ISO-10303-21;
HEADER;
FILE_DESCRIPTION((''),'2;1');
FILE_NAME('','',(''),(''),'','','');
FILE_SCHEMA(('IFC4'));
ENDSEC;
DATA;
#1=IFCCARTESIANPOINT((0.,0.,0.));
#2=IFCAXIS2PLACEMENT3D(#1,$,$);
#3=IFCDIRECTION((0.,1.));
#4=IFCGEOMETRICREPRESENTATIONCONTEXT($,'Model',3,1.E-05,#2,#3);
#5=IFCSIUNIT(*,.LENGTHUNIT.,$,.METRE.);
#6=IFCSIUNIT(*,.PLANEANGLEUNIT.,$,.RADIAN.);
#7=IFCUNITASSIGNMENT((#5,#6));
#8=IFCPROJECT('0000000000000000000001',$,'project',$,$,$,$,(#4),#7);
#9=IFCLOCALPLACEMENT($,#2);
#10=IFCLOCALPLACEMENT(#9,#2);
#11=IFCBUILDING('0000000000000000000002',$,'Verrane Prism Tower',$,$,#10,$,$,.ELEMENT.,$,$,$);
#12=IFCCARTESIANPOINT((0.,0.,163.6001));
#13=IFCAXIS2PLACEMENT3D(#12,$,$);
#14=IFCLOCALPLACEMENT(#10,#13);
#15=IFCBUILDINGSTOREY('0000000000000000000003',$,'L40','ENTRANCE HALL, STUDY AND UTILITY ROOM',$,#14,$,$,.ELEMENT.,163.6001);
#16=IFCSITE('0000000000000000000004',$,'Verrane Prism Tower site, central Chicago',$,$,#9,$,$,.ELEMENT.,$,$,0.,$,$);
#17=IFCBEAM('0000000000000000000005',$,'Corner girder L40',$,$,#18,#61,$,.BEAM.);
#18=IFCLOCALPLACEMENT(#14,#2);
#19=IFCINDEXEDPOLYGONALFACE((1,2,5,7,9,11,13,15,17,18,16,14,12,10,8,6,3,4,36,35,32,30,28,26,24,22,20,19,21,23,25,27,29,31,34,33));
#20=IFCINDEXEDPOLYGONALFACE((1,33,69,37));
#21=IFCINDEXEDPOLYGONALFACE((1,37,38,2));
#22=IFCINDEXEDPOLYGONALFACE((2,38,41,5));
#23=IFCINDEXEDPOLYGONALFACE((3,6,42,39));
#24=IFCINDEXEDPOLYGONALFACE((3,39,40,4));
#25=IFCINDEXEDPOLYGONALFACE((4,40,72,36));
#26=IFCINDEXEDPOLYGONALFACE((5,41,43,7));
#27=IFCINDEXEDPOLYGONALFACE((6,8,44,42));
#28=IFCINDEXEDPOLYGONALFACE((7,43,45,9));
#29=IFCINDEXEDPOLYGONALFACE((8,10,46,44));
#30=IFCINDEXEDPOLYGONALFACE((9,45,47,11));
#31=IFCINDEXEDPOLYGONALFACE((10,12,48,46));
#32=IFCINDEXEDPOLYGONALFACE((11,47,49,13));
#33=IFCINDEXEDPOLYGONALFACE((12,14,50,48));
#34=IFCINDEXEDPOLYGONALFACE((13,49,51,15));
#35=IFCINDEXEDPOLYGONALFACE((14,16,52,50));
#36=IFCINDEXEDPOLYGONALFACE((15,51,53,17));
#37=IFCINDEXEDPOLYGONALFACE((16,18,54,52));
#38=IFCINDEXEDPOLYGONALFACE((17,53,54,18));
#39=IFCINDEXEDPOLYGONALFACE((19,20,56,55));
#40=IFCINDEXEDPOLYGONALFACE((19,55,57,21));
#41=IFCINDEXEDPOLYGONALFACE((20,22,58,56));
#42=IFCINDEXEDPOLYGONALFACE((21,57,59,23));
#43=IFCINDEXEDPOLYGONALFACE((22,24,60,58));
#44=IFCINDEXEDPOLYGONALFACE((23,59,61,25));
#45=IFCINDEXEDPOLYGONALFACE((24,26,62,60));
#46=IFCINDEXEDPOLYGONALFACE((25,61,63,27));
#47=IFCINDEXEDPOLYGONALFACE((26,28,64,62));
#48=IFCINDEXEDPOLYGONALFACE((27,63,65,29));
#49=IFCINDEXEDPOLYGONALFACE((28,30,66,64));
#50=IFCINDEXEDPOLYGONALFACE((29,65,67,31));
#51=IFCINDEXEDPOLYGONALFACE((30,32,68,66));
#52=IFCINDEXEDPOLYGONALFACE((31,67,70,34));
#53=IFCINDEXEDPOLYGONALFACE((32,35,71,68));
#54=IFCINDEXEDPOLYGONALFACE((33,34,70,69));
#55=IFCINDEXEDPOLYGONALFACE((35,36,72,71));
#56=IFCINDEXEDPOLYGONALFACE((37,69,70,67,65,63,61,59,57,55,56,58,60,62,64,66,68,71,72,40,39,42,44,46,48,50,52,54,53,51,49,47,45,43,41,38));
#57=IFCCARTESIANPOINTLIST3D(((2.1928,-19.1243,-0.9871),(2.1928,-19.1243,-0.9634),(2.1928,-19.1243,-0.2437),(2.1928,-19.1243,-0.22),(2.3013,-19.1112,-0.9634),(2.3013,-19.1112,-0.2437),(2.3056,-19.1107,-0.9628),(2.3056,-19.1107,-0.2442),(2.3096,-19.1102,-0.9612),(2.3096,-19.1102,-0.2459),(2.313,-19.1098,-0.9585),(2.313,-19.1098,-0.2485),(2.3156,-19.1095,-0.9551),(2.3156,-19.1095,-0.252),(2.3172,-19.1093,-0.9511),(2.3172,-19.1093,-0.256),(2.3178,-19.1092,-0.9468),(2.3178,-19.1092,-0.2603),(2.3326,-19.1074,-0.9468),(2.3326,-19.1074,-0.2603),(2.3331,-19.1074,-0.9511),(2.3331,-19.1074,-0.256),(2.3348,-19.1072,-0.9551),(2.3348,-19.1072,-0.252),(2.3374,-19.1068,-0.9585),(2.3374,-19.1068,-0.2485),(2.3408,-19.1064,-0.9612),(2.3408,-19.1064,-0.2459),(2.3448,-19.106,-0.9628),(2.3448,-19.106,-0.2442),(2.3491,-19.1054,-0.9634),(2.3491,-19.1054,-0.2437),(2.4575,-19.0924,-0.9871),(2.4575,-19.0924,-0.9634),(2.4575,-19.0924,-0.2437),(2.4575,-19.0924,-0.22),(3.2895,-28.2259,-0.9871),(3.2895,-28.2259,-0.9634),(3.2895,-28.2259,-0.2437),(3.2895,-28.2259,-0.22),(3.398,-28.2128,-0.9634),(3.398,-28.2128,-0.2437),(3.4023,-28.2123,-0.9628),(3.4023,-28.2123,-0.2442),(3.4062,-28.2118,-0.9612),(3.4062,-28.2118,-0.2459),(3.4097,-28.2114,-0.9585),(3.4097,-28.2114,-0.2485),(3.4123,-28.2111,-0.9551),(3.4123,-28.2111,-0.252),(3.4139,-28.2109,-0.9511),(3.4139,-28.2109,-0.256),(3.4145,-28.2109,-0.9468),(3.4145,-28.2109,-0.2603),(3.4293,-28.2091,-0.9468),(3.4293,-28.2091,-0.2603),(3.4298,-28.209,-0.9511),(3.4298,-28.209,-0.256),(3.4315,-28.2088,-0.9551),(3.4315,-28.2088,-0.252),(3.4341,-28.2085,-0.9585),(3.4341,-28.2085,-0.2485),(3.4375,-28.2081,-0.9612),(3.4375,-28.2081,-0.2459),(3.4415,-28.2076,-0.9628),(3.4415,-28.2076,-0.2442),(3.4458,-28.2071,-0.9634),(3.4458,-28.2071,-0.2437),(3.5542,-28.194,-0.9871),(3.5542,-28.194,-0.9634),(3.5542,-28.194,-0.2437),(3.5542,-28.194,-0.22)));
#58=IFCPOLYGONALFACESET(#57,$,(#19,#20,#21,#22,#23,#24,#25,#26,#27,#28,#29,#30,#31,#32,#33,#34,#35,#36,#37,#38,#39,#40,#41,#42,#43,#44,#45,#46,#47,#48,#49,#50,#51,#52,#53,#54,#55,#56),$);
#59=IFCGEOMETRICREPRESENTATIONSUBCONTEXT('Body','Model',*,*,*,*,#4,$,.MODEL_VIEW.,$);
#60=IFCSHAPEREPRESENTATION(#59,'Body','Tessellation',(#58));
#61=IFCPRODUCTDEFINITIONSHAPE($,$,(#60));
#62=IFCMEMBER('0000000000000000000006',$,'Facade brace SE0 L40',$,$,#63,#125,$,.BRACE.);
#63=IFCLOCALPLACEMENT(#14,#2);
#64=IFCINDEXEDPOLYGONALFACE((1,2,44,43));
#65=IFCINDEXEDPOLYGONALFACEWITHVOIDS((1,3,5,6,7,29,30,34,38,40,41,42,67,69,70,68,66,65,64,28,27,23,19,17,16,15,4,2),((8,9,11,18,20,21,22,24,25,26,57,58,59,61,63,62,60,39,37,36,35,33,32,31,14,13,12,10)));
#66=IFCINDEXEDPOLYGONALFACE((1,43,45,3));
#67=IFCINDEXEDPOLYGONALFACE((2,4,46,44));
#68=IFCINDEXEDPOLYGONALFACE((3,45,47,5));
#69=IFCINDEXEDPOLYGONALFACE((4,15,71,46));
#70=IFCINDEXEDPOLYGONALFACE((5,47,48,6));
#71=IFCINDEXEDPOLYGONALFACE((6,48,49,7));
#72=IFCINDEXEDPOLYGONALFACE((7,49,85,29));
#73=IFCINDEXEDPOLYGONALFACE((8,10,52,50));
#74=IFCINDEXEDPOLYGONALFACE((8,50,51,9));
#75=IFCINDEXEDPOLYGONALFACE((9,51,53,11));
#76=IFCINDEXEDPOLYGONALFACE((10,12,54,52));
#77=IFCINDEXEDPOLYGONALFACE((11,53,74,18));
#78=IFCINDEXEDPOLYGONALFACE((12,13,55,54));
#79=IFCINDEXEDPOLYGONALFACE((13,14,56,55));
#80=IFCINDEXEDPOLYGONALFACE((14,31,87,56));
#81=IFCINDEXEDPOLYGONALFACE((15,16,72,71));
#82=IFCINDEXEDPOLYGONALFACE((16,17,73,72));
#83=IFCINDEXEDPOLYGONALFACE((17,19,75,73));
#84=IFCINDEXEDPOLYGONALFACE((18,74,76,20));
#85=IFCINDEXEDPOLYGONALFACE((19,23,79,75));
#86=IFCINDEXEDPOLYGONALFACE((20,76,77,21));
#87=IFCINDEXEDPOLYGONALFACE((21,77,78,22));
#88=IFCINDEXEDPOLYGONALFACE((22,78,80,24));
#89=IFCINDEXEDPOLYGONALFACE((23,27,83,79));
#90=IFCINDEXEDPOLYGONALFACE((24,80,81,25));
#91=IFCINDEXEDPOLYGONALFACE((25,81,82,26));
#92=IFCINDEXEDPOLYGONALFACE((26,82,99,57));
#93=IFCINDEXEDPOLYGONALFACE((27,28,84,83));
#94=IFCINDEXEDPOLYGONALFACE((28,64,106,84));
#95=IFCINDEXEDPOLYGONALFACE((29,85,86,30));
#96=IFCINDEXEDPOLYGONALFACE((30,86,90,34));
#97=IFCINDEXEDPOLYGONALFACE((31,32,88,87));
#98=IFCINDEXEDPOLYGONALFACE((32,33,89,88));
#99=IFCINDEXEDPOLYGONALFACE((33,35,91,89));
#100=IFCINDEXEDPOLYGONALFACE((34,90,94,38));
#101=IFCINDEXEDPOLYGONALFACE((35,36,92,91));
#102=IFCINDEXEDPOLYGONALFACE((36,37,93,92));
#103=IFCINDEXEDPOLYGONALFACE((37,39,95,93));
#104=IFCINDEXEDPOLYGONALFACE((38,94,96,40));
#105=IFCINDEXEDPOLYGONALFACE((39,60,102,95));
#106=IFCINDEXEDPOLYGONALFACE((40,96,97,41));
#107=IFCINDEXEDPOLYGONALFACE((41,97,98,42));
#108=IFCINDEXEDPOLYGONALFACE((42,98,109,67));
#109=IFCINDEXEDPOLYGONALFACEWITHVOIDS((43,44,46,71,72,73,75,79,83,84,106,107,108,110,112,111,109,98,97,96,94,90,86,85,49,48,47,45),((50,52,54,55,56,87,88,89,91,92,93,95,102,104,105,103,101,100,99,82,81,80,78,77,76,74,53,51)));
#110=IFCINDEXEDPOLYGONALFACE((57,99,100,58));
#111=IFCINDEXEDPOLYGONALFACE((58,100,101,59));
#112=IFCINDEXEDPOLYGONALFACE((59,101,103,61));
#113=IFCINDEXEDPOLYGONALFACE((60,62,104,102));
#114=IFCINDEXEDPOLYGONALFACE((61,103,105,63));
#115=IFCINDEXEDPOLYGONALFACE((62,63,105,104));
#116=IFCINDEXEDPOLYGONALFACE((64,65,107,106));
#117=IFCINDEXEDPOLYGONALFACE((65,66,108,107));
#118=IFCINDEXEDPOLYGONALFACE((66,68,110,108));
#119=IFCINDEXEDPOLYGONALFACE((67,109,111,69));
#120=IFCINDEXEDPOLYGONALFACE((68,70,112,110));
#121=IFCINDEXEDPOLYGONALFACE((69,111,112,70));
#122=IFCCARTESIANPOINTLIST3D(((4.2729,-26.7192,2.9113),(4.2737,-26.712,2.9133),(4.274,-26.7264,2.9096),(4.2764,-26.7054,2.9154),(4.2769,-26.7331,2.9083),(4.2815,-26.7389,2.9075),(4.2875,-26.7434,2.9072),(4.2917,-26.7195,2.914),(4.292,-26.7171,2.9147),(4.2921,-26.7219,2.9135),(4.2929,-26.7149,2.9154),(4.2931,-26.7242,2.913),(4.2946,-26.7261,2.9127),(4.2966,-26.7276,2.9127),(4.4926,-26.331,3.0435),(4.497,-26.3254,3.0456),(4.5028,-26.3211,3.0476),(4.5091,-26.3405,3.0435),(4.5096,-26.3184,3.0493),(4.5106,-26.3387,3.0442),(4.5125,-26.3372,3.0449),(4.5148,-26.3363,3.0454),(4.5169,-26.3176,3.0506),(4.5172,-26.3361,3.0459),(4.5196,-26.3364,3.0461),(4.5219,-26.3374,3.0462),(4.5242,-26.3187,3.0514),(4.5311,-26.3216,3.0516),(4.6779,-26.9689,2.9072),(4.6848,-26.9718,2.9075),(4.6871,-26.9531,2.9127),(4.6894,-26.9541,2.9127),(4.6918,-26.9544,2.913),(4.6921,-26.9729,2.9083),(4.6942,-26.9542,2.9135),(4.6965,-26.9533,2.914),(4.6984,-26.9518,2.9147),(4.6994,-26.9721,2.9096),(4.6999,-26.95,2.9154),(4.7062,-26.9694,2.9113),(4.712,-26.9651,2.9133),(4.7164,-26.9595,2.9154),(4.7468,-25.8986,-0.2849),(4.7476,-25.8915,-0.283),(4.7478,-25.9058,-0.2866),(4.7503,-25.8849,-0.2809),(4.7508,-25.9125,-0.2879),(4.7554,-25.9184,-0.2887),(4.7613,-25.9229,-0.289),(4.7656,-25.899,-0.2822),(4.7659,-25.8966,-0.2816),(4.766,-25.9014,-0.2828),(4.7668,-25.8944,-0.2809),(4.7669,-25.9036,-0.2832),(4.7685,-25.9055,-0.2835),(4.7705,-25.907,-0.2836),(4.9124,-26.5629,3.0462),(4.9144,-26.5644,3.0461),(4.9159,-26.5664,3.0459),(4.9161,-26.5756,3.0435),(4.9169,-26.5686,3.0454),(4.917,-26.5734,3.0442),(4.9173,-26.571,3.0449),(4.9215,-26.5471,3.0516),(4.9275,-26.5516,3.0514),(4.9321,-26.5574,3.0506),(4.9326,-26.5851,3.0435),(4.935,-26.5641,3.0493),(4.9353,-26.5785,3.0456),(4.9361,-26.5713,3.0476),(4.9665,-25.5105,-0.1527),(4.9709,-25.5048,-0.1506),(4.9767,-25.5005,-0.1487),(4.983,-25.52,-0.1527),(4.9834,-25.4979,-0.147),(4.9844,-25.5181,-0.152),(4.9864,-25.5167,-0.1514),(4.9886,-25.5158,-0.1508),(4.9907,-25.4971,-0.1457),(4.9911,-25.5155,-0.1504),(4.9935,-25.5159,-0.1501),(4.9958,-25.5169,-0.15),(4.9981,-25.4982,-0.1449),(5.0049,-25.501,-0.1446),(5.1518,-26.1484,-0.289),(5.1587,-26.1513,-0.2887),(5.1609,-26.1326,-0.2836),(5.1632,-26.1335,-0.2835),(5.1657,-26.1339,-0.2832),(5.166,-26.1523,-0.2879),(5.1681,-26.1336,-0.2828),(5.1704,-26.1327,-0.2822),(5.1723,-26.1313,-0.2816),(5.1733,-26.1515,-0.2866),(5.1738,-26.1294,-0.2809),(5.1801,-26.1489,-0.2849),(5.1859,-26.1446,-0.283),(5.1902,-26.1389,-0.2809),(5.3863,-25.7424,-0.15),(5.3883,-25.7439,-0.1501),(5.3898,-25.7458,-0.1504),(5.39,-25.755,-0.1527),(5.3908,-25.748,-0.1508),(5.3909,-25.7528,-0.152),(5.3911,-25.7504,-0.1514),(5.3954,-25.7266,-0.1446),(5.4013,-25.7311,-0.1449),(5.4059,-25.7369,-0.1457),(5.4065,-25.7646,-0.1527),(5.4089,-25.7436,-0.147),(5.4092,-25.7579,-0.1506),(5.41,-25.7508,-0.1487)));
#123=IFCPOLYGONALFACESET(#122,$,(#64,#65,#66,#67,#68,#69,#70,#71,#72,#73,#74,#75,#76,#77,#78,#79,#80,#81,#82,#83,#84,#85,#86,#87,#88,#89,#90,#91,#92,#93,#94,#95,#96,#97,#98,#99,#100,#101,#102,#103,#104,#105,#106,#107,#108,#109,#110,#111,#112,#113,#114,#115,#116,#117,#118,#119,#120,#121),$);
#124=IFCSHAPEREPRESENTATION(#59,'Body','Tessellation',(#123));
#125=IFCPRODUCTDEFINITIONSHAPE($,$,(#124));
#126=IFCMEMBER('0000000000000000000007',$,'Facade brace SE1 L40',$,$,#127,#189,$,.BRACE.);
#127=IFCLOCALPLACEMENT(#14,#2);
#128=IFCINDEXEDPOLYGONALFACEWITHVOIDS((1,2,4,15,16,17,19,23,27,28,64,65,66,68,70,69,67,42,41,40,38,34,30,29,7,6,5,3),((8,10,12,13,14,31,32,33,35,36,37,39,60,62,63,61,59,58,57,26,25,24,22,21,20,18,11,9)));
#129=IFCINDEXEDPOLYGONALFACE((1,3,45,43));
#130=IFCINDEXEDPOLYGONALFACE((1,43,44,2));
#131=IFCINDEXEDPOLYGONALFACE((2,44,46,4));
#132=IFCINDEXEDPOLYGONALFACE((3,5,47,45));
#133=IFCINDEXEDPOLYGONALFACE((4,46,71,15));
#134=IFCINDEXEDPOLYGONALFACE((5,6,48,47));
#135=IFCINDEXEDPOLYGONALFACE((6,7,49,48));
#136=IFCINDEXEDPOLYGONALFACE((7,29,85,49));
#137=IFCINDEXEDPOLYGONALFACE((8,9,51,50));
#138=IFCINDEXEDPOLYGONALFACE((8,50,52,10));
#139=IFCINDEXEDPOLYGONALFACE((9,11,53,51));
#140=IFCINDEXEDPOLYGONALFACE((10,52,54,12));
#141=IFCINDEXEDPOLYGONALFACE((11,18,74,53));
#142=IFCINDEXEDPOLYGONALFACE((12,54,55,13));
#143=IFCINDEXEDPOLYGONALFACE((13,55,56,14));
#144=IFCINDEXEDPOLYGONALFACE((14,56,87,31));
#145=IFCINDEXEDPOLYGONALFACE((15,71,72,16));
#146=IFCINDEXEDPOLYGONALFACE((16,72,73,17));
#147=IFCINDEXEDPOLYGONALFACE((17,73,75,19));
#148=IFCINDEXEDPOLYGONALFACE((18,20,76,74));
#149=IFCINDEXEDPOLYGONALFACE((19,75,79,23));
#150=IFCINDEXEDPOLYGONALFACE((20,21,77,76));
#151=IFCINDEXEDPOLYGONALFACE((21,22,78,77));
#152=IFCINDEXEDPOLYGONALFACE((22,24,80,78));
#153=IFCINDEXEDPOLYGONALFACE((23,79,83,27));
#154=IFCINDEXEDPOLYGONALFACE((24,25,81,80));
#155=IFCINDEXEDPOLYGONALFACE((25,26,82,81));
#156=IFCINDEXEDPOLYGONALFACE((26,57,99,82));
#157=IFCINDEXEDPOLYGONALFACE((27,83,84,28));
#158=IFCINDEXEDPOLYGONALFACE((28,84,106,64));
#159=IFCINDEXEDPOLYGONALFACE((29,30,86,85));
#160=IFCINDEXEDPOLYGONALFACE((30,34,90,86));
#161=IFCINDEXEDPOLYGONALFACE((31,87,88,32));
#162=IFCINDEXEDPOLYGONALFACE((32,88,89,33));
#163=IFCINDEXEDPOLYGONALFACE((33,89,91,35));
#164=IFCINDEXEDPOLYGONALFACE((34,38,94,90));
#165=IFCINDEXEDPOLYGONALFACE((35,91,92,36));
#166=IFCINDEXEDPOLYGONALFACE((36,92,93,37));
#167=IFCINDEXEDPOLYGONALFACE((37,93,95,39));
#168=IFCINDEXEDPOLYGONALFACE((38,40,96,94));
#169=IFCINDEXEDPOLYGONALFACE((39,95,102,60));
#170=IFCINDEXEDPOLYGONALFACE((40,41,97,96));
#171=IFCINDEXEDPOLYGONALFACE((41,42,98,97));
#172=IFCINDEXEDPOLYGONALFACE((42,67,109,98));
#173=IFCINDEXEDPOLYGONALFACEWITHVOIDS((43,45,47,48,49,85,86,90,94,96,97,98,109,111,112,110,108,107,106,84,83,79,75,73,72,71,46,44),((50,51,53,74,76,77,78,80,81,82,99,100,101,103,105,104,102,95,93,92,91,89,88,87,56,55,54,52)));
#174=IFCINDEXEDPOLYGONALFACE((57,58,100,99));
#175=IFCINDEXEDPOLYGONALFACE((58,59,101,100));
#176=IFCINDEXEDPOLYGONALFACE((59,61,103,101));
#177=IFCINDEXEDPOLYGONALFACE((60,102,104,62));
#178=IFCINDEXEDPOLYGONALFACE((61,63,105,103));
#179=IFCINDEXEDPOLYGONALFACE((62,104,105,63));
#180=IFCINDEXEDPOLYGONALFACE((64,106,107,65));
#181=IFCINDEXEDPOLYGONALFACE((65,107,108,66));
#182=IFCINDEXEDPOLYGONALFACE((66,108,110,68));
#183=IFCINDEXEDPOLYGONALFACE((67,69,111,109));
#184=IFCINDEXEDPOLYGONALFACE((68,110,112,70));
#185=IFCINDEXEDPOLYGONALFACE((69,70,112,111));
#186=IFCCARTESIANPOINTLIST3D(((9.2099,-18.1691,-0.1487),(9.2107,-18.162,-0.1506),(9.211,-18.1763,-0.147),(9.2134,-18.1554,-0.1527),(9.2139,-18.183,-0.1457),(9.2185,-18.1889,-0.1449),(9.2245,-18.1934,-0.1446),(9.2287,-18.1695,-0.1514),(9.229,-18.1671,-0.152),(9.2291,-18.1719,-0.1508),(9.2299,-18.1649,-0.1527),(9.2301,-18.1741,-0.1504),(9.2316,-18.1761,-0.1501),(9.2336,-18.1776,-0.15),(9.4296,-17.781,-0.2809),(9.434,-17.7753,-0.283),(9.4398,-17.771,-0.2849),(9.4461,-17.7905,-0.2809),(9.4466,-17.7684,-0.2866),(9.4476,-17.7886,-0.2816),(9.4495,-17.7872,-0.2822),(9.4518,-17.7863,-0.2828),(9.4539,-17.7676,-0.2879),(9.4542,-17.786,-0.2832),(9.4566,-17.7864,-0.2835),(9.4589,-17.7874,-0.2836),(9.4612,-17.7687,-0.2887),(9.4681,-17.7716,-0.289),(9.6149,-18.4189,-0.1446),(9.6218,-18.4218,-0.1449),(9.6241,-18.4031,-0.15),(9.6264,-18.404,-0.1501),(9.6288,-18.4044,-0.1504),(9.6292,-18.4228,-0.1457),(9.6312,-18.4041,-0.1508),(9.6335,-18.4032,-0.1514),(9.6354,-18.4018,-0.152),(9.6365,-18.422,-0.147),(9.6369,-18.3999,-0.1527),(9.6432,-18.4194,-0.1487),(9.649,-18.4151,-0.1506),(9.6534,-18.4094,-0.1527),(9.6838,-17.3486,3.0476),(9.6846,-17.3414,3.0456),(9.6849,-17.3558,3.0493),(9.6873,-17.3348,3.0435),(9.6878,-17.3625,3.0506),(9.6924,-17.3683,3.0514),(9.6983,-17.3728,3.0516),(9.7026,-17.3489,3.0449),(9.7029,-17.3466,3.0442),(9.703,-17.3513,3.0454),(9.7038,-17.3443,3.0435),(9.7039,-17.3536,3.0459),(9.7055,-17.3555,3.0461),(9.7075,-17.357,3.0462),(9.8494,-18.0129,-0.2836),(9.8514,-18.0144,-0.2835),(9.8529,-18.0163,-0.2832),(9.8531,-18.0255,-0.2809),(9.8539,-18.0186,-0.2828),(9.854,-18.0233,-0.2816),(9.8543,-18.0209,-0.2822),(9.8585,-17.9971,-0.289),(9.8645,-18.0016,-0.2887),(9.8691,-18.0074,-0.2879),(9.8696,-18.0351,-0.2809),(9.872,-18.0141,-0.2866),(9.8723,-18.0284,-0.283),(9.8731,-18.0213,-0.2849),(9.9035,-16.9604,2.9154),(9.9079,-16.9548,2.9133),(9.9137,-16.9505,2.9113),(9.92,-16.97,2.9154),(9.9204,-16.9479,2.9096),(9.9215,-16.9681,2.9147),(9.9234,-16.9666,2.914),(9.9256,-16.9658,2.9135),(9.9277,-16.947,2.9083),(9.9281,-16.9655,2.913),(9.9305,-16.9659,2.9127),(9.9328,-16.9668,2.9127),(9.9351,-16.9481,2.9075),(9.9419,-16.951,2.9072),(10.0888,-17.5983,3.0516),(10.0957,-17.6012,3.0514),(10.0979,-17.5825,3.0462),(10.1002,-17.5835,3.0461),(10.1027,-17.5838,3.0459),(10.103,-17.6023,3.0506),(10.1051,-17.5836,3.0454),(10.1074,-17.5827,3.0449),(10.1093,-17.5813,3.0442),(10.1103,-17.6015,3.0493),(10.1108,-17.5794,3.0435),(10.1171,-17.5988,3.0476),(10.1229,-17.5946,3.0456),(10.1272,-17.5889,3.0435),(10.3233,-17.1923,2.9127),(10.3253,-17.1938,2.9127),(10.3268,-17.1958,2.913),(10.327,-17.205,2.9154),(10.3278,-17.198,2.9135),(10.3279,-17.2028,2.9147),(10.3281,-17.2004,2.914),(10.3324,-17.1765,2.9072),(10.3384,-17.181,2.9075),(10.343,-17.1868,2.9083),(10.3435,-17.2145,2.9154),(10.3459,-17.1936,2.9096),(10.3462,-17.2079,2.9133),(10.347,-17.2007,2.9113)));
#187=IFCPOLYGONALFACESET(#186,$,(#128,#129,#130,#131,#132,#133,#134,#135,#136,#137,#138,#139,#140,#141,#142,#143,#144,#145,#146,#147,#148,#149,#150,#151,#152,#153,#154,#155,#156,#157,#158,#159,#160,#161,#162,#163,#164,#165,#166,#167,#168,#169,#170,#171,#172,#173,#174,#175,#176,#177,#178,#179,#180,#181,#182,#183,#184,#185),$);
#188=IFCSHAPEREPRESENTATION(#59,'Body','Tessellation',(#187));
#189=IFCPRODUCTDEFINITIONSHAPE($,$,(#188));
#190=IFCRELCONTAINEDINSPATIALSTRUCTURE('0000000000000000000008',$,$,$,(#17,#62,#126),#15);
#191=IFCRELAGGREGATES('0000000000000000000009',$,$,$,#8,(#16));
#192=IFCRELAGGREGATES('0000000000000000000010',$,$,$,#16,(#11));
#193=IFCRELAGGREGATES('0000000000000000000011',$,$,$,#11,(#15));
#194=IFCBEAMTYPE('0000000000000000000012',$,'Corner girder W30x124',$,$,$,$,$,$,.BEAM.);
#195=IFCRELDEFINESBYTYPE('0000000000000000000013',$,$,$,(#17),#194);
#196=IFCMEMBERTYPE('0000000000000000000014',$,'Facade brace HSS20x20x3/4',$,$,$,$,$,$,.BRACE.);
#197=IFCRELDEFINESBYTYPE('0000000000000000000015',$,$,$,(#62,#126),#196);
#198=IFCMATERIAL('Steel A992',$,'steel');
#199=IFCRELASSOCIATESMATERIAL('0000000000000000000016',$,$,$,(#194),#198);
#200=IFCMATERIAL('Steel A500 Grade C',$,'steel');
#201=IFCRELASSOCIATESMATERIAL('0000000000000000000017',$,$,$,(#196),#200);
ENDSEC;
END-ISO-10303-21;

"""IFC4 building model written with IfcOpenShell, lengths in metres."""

from ifc_helpers import new_model, si_unit, direction, frame, origin, origin_2d, place, context, subcontext, project, spatial, hollow_rectangle, i_section, extrude, material, material_profile, profile_set, type_object, element, save


model = new_model("IFC4")

# Units and contexts
model_context = context("Model", 3, precision=1e-05, world=origin(), true_north=direction((0.0, 1.0)))
body_context = subcontext(model_context, "Body", "Model", "MODEL_VIEW")
ifc_project = project(units=[si_unit("LENGTHUNIT", "METRE"), si_unit("PLANEANGLEUNIT", "RADIAN")], contexts=[model_context])

# Site, building, storey
site_placement = place(None, origin())
site = spatial("IfcSite", under=ifc_project, at=site_placement, Name="Verrane Prism Tower site, central Chicago", CompositionType="ELEMENT", RefElevation=0.0)
building_placement = place(site_placement, origin())
building = spatial("IfcBuilding", under=site, at=building_placement, Name="Verrane Prism Tower", CompositionType="ELEMENT")
storey_placement = place(building_placement, frame((0.0, 0.0, 163.6001)))
storey = spatial("IfcBuildingStorey", under=building, at=storey_placement, Name="L40", Description="ENTRANCE HALL, STUDY AND UTILITY ROOM", CompositionType="ELEMENT", Elevation=163.6001)

# Beam
ifc_material_1 = material(Name="Steel A992", Category="steel")
ifc_material_profile_1 = material_profile(ifc_material_1, i_section(OverallWidth=0.2666, OverallDepth=0.7671, WebThickness=0.0149, FlangeThickness=0.0237, FilletRadius=0.0166, at=origin_2d()), Name="W30x124")
ifc_profile_set_1 = profile_set([ifc_material_profile_1], Name="Steel A992")
beam_type_1 = type_object("IfcBeamType", Name="Corner girder W30x124", PredefinedType="BEAM", material=ifc_profile_set_1)
beam_1_placement = place(storey_placement, frame((3.4219, -28.21, -0.6035), z_axis=(-0.119628, 0.992819, 0.0), x_axis=(-0.992819, -0.119628, 0.0)))
element("IfcBeam", 1, at=beam_1_placement, inside=storey, type_object=beam_type_1, Name="Corner girder L40", PredefinedType="BEAM", context=body_context, shape_type="SweptSolid", body=[
    extrude(i_section(OverallWidth=0.2666, OverallDepth=0.7671, WebThickness=0.0149, FlangeThickness=0.0237, FilletRadius=0.0166, at=origin_2d()), origin(), (0.0, 0.0, 1.0), 9.1675),
])

# Members
ifc_material_2 = material(Name="Steel A500 Grade C", Category="steel")
ifc_material_profile_2 = material_profile(ifc_material_2, hollow_rectangle(XDim=0.5081, YDim=0.5081, WallThickness=0.019, InnerFilletRadius=0.0095, OuterFilletRadius=0.0286, at=origin_2d()), Name="HSS20x20x3/4")
ifc_profile_set_2 = profile_set([ifc_material_profile_2], Name="Steel A500 Grade C")
member_type_1 = type_object("IfcMemberType", Name="Facade brace HSS20x20x3/4", PredefinedType="BRACE", material=ifc_profile_set_2)
for number, where, z_axis, x_axis, name in (
    (2, (5.0784, -25.8247, -0.2168), (-0.142144, -0.246133, 0.958756), (0.865967, -0.500102, 0.0), "Facade brace SE0 L40"),
    (3, (9.5415, -18.0952, -0.2168), (0.142144, 0.246133, 0.958756), (-0.865967, 0.500102, 0.0), "Facade brace SE1 L40"),
):
    element("IfcMember", number, at=place(storey_placement, frame(where, z_axis=z_axis, x_axis=x_axis)), inside=storey, type_object=member_type_1, Name=name, PredefinedType="BRACE", context=body_context, shape_type="SweptSolid", body=[
        extrude(hollow_rectangle(XDim=0.5081, YDim=0.5081, WallThickness=0.019, InnerFilletRadius=0.0095, OuterFilletRadius=0.0286, at=origin_2d()), origin(), (0.0, 0.0, 1.0), 3.3337),
    ])

save(model, "model.ifc")
